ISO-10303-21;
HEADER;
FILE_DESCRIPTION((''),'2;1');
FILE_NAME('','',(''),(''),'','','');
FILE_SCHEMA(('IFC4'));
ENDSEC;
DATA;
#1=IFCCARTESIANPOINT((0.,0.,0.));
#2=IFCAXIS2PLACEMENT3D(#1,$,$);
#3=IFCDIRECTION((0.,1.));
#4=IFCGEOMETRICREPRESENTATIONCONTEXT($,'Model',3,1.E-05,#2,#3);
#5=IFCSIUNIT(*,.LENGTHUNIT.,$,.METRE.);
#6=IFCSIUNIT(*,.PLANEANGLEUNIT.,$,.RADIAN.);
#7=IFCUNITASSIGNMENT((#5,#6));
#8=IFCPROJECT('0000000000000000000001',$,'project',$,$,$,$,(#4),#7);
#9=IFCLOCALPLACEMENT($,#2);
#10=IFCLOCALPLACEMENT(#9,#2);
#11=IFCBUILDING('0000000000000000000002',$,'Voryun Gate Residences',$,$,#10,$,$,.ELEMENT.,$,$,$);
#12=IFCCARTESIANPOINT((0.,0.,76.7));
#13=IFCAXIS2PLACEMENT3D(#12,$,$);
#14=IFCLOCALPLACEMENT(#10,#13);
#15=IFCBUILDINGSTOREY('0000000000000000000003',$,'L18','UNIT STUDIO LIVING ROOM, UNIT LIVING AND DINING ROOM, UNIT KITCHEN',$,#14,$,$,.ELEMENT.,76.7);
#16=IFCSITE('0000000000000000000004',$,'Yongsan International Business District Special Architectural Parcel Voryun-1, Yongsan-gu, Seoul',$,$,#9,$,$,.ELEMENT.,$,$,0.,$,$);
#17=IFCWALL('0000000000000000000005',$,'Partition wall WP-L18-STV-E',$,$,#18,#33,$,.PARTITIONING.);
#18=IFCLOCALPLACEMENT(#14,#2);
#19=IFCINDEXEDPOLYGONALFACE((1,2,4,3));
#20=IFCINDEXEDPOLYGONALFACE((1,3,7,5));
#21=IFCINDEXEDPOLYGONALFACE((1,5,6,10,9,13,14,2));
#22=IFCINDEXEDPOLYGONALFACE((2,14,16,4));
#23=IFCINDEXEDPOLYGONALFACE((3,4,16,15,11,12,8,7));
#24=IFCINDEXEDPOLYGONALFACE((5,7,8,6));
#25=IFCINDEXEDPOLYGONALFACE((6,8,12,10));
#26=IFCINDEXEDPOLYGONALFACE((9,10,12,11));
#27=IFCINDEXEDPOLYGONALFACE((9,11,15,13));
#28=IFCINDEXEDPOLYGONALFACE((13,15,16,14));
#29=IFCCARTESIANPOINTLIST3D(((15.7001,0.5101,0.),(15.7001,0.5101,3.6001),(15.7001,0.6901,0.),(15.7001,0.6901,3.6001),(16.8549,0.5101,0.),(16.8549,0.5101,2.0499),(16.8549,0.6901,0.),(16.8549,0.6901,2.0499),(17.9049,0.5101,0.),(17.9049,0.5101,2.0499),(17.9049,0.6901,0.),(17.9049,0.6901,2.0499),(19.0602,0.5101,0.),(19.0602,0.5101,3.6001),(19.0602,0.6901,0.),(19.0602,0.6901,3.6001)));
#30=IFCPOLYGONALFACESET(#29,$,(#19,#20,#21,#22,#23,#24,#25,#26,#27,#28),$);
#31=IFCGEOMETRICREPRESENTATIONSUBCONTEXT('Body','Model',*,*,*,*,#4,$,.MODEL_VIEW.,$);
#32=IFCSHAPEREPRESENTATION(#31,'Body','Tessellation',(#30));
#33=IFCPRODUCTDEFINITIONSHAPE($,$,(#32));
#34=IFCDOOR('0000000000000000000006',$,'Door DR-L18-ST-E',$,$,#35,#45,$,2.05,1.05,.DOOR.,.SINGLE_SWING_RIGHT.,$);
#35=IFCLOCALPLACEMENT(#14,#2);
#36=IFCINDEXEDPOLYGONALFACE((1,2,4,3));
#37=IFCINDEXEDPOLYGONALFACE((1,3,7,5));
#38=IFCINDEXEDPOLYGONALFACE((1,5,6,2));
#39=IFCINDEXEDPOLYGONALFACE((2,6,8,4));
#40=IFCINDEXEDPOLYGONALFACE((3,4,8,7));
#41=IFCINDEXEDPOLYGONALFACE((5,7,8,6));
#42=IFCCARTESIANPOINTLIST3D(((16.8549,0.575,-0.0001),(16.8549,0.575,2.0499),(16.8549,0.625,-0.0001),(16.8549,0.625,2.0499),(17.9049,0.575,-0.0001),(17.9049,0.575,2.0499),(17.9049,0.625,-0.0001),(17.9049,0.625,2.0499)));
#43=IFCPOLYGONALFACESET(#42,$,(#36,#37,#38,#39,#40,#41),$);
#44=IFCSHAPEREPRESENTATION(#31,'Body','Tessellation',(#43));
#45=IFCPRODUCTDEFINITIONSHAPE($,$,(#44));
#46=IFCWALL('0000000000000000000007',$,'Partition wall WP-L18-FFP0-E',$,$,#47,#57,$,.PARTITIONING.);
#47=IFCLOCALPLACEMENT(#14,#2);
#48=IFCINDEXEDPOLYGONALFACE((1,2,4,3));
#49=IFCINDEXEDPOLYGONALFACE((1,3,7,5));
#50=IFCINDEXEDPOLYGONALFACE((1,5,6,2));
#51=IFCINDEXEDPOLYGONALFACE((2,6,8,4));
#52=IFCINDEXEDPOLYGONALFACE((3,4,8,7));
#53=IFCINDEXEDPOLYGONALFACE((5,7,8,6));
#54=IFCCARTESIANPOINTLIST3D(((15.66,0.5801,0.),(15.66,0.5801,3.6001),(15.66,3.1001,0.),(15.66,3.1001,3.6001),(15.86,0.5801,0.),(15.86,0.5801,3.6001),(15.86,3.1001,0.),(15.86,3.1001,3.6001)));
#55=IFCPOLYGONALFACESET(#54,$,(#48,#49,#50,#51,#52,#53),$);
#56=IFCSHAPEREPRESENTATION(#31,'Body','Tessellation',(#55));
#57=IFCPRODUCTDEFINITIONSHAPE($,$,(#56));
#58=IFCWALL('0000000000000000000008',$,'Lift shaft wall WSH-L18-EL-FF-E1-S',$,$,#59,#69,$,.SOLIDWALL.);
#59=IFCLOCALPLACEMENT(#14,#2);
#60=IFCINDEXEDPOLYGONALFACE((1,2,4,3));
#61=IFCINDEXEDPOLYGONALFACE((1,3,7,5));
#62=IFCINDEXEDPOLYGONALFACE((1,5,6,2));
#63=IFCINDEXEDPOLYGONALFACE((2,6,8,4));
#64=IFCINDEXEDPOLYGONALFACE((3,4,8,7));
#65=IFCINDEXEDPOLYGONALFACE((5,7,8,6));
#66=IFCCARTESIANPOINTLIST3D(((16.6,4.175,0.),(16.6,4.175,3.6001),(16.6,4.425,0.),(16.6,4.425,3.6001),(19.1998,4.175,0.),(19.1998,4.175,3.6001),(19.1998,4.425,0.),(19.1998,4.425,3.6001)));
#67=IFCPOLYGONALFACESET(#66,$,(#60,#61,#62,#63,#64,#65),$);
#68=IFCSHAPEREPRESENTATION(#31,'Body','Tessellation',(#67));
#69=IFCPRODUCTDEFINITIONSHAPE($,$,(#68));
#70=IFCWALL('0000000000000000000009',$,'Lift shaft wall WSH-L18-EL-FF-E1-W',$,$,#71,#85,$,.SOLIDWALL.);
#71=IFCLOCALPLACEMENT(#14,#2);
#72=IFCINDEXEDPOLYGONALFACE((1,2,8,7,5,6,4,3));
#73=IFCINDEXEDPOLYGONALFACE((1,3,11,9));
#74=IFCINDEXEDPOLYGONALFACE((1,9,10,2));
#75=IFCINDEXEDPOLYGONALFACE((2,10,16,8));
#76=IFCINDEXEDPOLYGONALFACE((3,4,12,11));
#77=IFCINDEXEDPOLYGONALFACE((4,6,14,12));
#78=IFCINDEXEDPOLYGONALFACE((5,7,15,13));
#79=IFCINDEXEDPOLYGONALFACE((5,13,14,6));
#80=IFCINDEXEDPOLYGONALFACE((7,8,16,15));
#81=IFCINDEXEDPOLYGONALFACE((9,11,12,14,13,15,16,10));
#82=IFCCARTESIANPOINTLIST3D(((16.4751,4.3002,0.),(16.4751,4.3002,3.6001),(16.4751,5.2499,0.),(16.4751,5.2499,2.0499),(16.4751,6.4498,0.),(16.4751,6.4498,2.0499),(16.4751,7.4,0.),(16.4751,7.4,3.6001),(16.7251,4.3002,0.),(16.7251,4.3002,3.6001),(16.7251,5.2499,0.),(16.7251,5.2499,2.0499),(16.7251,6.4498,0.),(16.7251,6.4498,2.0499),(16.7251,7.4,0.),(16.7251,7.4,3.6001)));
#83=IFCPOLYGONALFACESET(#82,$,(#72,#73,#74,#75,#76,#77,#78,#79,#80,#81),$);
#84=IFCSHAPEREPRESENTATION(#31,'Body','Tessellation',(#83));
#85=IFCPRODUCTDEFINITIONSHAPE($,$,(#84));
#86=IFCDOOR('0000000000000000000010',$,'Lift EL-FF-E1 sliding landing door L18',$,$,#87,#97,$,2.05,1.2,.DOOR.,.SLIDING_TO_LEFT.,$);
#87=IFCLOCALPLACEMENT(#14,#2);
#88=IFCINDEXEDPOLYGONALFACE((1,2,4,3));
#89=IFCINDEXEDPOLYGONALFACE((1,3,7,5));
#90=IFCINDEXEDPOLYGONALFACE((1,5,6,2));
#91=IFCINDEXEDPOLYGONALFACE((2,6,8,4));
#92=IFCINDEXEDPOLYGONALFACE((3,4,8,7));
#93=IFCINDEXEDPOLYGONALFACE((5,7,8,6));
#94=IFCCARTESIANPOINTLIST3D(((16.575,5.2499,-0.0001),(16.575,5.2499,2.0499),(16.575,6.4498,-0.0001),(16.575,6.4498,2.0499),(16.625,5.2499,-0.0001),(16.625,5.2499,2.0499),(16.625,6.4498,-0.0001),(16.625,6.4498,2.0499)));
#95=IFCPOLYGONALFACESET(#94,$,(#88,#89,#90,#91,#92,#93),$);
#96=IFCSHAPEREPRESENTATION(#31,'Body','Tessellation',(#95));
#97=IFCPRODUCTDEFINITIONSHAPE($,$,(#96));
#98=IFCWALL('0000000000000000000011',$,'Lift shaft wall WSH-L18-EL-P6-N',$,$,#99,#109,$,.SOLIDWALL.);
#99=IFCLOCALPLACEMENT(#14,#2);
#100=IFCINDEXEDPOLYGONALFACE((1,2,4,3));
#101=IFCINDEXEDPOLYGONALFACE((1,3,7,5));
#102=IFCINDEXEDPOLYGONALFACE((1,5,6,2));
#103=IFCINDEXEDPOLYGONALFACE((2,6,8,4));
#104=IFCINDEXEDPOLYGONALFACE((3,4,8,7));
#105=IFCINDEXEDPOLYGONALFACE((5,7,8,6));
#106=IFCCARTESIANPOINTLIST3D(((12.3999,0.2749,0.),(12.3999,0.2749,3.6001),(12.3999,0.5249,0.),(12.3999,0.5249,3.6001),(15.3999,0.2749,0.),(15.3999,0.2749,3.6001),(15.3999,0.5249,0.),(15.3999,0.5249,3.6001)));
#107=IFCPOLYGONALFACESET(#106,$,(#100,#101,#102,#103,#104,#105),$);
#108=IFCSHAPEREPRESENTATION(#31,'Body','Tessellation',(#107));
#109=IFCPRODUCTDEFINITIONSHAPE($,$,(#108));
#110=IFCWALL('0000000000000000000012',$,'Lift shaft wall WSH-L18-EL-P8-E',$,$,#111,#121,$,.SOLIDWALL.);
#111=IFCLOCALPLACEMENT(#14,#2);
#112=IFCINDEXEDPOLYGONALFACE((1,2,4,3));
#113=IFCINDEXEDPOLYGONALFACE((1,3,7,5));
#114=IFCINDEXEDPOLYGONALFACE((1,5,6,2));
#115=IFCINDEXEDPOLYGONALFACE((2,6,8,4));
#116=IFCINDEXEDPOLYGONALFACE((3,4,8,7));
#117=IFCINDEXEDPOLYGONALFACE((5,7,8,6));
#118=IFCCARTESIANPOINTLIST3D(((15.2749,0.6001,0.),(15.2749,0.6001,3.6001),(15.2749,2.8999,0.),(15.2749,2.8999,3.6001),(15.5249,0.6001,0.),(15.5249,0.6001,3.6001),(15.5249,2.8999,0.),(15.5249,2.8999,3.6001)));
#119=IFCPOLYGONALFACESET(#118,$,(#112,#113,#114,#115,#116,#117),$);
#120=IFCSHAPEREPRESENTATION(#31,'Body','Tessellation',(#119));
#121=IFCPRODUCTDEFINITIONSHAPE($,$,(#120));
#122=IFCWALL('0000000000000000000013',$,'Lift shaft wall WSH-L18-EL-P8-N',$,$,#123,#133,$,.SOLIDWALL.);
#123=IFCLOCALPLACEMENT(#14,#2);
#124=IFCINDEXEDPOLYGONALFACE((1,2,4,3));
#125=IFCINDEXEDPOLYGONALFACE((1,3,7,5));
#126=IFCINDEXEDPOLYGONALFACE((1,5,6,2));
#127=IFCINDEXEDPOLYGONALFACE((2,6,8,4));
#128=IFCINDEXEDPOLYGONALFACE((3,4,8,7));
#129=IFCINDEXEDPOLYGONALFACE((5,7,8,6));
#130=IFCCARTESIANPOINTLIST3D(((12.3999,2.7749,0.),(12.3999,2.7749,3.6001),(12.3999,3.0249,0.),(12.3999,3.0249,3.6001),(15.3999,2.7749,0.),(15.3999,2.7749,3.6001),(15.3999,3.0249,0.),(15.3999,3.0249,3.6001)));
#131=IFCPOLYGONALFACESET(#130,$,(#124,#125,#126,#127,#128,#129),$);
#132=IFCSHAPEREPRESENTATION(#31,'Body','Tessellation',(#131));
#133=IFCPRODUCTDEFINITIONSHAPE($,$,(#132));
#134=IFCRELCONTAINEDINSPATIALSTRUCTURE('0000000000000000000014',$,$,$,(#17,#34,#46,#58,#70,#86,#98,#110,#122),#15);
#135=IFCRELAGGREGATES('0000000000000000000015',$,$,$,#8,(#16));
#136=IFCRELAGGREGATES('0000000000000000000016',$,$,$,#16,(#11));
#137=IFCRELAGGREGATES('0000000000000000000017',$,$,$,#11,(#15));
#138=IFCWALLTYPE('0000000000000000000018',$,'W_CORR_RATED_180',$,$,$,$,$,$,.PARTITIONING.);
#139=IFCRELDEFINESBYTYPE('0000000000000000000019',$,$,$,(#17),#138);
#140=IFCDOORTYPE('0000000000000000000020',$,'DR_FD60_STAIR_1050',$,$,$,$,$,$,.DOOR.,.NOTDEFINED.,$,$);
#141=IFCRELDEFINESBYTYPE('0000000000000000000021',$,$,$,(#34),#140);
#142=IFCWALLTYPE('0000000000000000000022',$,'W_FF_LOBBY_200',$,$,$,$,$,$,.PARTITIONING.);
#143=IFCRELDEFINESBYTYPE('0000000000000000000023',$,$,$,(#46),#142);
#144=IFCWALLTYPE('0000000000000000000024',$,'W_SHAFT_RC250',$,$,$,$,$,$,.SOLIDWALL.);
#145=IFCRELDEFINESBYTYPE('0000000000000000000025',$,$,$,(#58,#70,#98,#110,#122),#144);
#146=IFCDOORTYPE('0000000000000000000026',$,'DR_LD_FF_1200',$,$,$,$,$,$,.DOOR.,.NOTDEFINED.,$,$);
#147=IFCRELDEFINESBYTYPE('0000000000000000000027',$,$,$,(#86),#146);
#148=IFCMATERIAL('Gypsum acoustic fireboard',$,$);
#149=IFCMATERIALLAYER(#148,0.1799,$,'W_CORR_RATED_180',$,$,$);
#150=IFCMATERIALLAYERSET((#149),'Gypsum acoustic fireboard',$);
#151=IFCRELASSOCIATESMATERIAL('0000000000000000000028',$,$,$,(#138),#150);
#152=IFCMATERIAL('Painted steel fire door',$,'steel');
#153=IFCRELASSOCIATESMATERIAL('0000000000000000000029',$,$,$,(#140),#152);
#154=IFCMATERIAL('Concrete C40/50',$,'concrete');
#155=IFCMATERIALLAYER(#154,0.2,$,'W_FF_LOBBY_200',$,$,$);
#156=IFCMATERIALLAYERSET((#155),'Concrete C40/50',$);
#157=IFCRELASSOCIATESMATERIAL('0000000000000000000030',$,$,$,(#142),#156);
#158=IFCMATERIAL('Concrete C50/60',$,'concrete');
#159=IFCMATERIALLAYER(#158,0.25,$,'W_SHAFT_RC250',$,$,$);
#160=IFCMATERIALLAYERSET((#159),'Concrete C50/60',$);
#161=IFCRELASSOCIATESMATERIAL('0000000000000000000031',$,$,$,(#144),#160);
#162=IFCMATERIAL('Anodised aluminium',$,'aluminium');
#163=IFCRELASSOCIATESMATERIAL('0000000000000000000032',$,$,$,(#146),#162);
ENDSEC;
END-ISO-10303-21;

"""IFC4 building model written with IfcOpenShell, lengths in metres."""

from ifc_helpers import new_model, si_unit, direction, frame, frame_2d, origin, place, context, subcontext, project, spatial, rectangle, extrude, material, layer, layer_set, type_object, element, fill, save


model = new_model("IFC4")

# Units and contexts
model_context = context("Model", 3, precision=1e-05, world=origin(), true_north=direction((0.0, 1.0)))
body_context = subcontext(model_context, "Body", "Model", "MODEL_VIEW")
ifc_project = project(units=[si_unit("LENGTHUNIT", "METRE"), si_unit("PLANEANGLEUNIT", "RADIAN")], contexts=[model_context])

# Site, building, storey
site_placement = place(None, origin())
site = spatial("IfcSite", under=ifc_project, at=site_placement, Name="Yongsan International Business District Special Architectural Parcel Voryun-1, Yongsan-gu, Seoul", CompositionType="ELEMENT", RefElevation=0.0)
building_placement = place(site_placement, origin())
building = spatial("IfcBuilding", under=site, at=building_placement, Name="Voryun Gate Residences", CompositionType="ELEMENT")
storey_placement = place(building_placement, frame((0.0, 0.0, 76.7)))
storey = spatial("IfcBuildingStorey", under=building, at=storey_placement, Name="L18", Description="UNIT STUDIO LIVING ROOM, UNIT LIVING AND DINING ROOM, UNIT KITCHEN", CompositionType="ELEMENT", Elevation=76.7)

# Wall, opening, door
ifc_material_1 = material(Name="Gypsum acoustic fireboard")
ifc_layer_1 = layer(ifc_material_1, 0.1799, Name="W_CORR_RATED_180")
ifc_layer_set_1 = layer_set([ifc_layer_1], Name="Gypsum acoustic fireboard")
wall_type_1 = type_object("IfcWallType", Name="W_CORR_RATED_180", PredefinedType="PARTITIONING", material=ifc_layer_set_1)
wall_1_placement = place(storey_placement, frame((15.7, 0.6001, 0.0), z_axis=(0.0, 0.0, 1.0), x_axis=(1.0, 0.0, 0.0)))
wall_1 = element("IfcWall", 1, at=wall_1_placement, inside=storey, type_object=wall_type_1, Name="Partition wall WP-L18-STV-E", PredefinedType="PARTITIONING", context=body_context, shape_type="SweptSolid", body=[
    extrude(rectangle(XDim=3.3601, YDim=0.1799, at=frame_2d((1.6802, 0.0))), origin(), (0.0, 0.0, 1.0), 3.6001),
])
opening_1_placement = place(wall_1_placement, frame((1.155, 0.0, 0.0)))
opening_1 = element("IfcOpeningElement", 2, at=opening_1_placement, cuts=wall_1, PredefinedType="OPENING", context=body_context, shape_type="SweptSolid", body=[
    extrude(rectangle(XDim=1.05, YDim=2.05, at=frame_2d((0.5249, 1.0249))), frame((0.0, 0.0999, 0.0), z_axis=(0.0, -1.0, 0.0), x_axis=(1.0, 0.0, 0.0)), (0.0, 0.0, 1.0), 0.2),
])
ifc_material_2 = material(Name="Painted steel fire door", Category="steel")
door_type_1 = type_object("IfcDoorType", Name="DR_FD60_STAIR_1050", OperationType="NOTDEFINED", PredefinedType="DOOR", material=ifc_material_2)
door_1_placement = place(opening_1_placement, origin())
door_1 = element("IfcDoor", 3, at=door_1_placement, inside=storey, type_object=door_type_1, Name="Door DR-L18-ST-E", OperationType="SINGLE_SWING_RIGHT", OverallHeight=2.05, OverallWidth=1.05, PredefinedType="DOOR", context=body_context, shape_type="SweptSolid", body=[
    extrude(rectangle(XDim=1.05, YDim=2.05, at=frame_2d((0.5249, 1.0249))), frame((0.0, 0.0249, 0.0), z_axis=(0.0, -1.0, 0.0), x_axis=(1.0, 0.0, 0.0)), (0.0, 0.0, 1.0), 0.05),
])
fill(opening_1, door_1)

# Walls
ifc_material_3 = material(Name="Concrete C40/50", Category="concrete")
ifc_layer_2 = layer(ifc_material_3, 0.2, Name="W_FF_LOBBY_200")
ifc_layer_set_2 = layer_set([ifc_layer_2], Name="Concrete C40/50")
wall_type_2 = type_object("IfcWallType", Name="W_FF_LOBBY_200", PredefinedType="PARTITIONING", material=ifc_layer_set_2)
wall_2_placement = place(storey_placement, frame((15.76, 0.5801, 0.0), z_axis=(0.0, 0.0, 1.0), x_axis=(0.0, 1.0, 0.0)))
element("IfcWall", 4, at=wall_2_placement, inside=storey, type_object=wall_type_2, Name="Partition wall WP-L18-FFP0-E", PredefinedType="PARTITIONING", context=body_context, shape_type="SweptSolid", body=[
    extrude(rectangle(XDim=2.52, YDim=0.2, at=frame_2d((1.26, 0.0))), origin(), (0.0, 0.0, 1.0), 3.6001),
])
ifc_material_4 = material(Name="Concrete C50/60", Category="concrete")
ifc_layer_3 = layer(ifc_material_4, 0.25, Name="W_SHAFT_RC250")
ifc_layer_set_3 = layer_set([ifc_layer_3], Name="Concrete C50/60")
wall_type_3 = type_object("IfcWallType", Name="W_SHAFT_RC250", PredefinedType="SOLIDWALL", material=ifc_layer_set_3)
wall_3_placement = place(storey_placement, frame((16.6001, 4.3, 0.0), z_axis=(0.0, 0.0, 1.0), x_axis=(1.0, 0.0, 0.0)))
element("IfcWall", 5, at=wall_3_placement, inside=storey, type_object=wall_type_3, Name="Lift shaft wall WSH-L18-EL-FF-E1-S", PredefinedType="SOLIDWALL", context=body_context, shape_type="SweptSolid", body=[
    extrude(rectangle(XDim=2.5999, YDim=0.25, at=frame_2d((1.2998, 0.0))), origin(), (0.0, 0.0, 1.0), 3.6001),
])

# Wall, opening, door
wall_4_placement = place(storey_placement, frame((16.6001, 7.3999, 0.0), z_axis=(0.0, 0.0, 1.0), x_axis=(0.0, -1.0, 0.0)))
wall_4 = element("IfcWall", 6, at=wall_4_placement, inside=storey, type_object=wall_type_3, Name="Lift shaft wall WSH-L18-EL-FF-E1-W", PredefinedType="SOLIDWALL", context=body_context, shape_type="SweptSolid", body=[
    extrude(rectangle(XDim=3.0999, YDim=0.25, at=frame_2d((1.5498, 0.0))), origin(), (0.0, 0.0, 1.0), 3.6001),
])
opening_2_placement = place(wall_4_placement, frame((0.95, 0.0, 0.0)))
opening_2 = element("IfcOpeningElement", 7, at=opening_2_placement, cuts=wall_4, PredefinedType="OPENING", context=body_context, shape_type="SweptSolid", body=[
    extrude(rectangle(XDim=1.2, YDim=2.05, at=frame_2d((0.6001, 1.0249))), frame((0.0, 0.135, 0.0), z_axis=(0.0, -1.0, 0.0), x_axis=(1.0, 0.0, 0.0)), (0.0, 0.0, 1.0), 0.27),
])
ifc_material_5 = material(Name="Anodised aluminium", Category="aluminium")
door_type_2 = type_object("IfcDoorType", Name="DR_LD_FF_1200", OperationType="NOTDEFINED", PredefinedType="DOOR", material=ifc_material_5)
door_2_placement = place(opening_2_placement, origin())
door_2 = element("IfcDoor", 8, at=door_2_placement, inside=storey, type_object=door_type_2, Name="Lift EL-FF-E1 sliding landing door L18", OperationType="SLIDING_TO_LEFT", OverallHeight=2.05, OverallWidth=1.2, PredefinedType="DOOR", context=body_context, shape_type="SweptSolid", body=[
    extrude(rectangle(XDim=1.2, YDim=2.05, at=frame_2d((0.6001, 1.0249))), frame((0.0, 0.0249, 0.0), z_axis=(0.0, -1.0, 0.0), x_axis=(1.0, 0.0, 0.0)), (0.0, 0.0, 1.0), 0.05),
])
fill(opening_2, door_2)

# Walls
wall_5_placement = place(storey_placement, frame((15.3999, 0.3999, 0.0), z_axis=(0.0, 0.0, 1.0), x_axis=(-1.0, 0.0, 0.0)))
element("IfcWall", 9, at=wall_5_placement, inside=storey, type_object=wall_type_3, Name="Lift shaft wall WSH-L18-EL-P6-N", PredefinedType="SOLIDWALL", context=body_context, shape_type="SweptSolid", body=[
    extrude(rectangle(XDim=3.0, YDim=0.25, at=frame_2d((1.5, 0.0))), origin(), (0.0, 0.0, 1.0), 3.6001),
])
wall_6_placement = place(storey_placement, frame((15.3999, 0.6001, 0.0), z_axis=(0.0, 0.0, 1.0), x_axis=(0.0, 1.0, 0.0)))
element("IfcWall", 10, at=wall_6_placement, inside=storey, type_object=wall_type_3, Name="Lift shaft wall WSH-L18-EL-P8-E", PredefinedType="SOLIDWALL", context=body_context, shape_type="SweptSolid", body=[
    extrude(rectangle(XDim=2.2998, YDim=0.25, at=frame_2d((1.1499, 0.0))), origin(), (0.0, 0.0, 1.0), 3.6001),
])
wall_7_placement = place(storey_placement, frame((15.3999, 2.8999, 0.0), z_axis=(0.0, 0.0, 1.0), x_axis=(-1.0, 0.0, 0.0)))
element("IfcWall", 11, at=wall_7_placement, inside=storey, type_object=wall_type_3, Name="Lift shaft wall WSH-L18-EL-P8-N", PredefinedType="SOLIDWALL", context=body_context, shape_type="SweptSolid", body=[
    extrude(rectangle(XDim=3.0, YDim=0.25, at=frame_2d((1.5, 0.0))), origin(), (0.0, 0.0, 1.0), 3.6001),
])

save(model, "model.ifc")
